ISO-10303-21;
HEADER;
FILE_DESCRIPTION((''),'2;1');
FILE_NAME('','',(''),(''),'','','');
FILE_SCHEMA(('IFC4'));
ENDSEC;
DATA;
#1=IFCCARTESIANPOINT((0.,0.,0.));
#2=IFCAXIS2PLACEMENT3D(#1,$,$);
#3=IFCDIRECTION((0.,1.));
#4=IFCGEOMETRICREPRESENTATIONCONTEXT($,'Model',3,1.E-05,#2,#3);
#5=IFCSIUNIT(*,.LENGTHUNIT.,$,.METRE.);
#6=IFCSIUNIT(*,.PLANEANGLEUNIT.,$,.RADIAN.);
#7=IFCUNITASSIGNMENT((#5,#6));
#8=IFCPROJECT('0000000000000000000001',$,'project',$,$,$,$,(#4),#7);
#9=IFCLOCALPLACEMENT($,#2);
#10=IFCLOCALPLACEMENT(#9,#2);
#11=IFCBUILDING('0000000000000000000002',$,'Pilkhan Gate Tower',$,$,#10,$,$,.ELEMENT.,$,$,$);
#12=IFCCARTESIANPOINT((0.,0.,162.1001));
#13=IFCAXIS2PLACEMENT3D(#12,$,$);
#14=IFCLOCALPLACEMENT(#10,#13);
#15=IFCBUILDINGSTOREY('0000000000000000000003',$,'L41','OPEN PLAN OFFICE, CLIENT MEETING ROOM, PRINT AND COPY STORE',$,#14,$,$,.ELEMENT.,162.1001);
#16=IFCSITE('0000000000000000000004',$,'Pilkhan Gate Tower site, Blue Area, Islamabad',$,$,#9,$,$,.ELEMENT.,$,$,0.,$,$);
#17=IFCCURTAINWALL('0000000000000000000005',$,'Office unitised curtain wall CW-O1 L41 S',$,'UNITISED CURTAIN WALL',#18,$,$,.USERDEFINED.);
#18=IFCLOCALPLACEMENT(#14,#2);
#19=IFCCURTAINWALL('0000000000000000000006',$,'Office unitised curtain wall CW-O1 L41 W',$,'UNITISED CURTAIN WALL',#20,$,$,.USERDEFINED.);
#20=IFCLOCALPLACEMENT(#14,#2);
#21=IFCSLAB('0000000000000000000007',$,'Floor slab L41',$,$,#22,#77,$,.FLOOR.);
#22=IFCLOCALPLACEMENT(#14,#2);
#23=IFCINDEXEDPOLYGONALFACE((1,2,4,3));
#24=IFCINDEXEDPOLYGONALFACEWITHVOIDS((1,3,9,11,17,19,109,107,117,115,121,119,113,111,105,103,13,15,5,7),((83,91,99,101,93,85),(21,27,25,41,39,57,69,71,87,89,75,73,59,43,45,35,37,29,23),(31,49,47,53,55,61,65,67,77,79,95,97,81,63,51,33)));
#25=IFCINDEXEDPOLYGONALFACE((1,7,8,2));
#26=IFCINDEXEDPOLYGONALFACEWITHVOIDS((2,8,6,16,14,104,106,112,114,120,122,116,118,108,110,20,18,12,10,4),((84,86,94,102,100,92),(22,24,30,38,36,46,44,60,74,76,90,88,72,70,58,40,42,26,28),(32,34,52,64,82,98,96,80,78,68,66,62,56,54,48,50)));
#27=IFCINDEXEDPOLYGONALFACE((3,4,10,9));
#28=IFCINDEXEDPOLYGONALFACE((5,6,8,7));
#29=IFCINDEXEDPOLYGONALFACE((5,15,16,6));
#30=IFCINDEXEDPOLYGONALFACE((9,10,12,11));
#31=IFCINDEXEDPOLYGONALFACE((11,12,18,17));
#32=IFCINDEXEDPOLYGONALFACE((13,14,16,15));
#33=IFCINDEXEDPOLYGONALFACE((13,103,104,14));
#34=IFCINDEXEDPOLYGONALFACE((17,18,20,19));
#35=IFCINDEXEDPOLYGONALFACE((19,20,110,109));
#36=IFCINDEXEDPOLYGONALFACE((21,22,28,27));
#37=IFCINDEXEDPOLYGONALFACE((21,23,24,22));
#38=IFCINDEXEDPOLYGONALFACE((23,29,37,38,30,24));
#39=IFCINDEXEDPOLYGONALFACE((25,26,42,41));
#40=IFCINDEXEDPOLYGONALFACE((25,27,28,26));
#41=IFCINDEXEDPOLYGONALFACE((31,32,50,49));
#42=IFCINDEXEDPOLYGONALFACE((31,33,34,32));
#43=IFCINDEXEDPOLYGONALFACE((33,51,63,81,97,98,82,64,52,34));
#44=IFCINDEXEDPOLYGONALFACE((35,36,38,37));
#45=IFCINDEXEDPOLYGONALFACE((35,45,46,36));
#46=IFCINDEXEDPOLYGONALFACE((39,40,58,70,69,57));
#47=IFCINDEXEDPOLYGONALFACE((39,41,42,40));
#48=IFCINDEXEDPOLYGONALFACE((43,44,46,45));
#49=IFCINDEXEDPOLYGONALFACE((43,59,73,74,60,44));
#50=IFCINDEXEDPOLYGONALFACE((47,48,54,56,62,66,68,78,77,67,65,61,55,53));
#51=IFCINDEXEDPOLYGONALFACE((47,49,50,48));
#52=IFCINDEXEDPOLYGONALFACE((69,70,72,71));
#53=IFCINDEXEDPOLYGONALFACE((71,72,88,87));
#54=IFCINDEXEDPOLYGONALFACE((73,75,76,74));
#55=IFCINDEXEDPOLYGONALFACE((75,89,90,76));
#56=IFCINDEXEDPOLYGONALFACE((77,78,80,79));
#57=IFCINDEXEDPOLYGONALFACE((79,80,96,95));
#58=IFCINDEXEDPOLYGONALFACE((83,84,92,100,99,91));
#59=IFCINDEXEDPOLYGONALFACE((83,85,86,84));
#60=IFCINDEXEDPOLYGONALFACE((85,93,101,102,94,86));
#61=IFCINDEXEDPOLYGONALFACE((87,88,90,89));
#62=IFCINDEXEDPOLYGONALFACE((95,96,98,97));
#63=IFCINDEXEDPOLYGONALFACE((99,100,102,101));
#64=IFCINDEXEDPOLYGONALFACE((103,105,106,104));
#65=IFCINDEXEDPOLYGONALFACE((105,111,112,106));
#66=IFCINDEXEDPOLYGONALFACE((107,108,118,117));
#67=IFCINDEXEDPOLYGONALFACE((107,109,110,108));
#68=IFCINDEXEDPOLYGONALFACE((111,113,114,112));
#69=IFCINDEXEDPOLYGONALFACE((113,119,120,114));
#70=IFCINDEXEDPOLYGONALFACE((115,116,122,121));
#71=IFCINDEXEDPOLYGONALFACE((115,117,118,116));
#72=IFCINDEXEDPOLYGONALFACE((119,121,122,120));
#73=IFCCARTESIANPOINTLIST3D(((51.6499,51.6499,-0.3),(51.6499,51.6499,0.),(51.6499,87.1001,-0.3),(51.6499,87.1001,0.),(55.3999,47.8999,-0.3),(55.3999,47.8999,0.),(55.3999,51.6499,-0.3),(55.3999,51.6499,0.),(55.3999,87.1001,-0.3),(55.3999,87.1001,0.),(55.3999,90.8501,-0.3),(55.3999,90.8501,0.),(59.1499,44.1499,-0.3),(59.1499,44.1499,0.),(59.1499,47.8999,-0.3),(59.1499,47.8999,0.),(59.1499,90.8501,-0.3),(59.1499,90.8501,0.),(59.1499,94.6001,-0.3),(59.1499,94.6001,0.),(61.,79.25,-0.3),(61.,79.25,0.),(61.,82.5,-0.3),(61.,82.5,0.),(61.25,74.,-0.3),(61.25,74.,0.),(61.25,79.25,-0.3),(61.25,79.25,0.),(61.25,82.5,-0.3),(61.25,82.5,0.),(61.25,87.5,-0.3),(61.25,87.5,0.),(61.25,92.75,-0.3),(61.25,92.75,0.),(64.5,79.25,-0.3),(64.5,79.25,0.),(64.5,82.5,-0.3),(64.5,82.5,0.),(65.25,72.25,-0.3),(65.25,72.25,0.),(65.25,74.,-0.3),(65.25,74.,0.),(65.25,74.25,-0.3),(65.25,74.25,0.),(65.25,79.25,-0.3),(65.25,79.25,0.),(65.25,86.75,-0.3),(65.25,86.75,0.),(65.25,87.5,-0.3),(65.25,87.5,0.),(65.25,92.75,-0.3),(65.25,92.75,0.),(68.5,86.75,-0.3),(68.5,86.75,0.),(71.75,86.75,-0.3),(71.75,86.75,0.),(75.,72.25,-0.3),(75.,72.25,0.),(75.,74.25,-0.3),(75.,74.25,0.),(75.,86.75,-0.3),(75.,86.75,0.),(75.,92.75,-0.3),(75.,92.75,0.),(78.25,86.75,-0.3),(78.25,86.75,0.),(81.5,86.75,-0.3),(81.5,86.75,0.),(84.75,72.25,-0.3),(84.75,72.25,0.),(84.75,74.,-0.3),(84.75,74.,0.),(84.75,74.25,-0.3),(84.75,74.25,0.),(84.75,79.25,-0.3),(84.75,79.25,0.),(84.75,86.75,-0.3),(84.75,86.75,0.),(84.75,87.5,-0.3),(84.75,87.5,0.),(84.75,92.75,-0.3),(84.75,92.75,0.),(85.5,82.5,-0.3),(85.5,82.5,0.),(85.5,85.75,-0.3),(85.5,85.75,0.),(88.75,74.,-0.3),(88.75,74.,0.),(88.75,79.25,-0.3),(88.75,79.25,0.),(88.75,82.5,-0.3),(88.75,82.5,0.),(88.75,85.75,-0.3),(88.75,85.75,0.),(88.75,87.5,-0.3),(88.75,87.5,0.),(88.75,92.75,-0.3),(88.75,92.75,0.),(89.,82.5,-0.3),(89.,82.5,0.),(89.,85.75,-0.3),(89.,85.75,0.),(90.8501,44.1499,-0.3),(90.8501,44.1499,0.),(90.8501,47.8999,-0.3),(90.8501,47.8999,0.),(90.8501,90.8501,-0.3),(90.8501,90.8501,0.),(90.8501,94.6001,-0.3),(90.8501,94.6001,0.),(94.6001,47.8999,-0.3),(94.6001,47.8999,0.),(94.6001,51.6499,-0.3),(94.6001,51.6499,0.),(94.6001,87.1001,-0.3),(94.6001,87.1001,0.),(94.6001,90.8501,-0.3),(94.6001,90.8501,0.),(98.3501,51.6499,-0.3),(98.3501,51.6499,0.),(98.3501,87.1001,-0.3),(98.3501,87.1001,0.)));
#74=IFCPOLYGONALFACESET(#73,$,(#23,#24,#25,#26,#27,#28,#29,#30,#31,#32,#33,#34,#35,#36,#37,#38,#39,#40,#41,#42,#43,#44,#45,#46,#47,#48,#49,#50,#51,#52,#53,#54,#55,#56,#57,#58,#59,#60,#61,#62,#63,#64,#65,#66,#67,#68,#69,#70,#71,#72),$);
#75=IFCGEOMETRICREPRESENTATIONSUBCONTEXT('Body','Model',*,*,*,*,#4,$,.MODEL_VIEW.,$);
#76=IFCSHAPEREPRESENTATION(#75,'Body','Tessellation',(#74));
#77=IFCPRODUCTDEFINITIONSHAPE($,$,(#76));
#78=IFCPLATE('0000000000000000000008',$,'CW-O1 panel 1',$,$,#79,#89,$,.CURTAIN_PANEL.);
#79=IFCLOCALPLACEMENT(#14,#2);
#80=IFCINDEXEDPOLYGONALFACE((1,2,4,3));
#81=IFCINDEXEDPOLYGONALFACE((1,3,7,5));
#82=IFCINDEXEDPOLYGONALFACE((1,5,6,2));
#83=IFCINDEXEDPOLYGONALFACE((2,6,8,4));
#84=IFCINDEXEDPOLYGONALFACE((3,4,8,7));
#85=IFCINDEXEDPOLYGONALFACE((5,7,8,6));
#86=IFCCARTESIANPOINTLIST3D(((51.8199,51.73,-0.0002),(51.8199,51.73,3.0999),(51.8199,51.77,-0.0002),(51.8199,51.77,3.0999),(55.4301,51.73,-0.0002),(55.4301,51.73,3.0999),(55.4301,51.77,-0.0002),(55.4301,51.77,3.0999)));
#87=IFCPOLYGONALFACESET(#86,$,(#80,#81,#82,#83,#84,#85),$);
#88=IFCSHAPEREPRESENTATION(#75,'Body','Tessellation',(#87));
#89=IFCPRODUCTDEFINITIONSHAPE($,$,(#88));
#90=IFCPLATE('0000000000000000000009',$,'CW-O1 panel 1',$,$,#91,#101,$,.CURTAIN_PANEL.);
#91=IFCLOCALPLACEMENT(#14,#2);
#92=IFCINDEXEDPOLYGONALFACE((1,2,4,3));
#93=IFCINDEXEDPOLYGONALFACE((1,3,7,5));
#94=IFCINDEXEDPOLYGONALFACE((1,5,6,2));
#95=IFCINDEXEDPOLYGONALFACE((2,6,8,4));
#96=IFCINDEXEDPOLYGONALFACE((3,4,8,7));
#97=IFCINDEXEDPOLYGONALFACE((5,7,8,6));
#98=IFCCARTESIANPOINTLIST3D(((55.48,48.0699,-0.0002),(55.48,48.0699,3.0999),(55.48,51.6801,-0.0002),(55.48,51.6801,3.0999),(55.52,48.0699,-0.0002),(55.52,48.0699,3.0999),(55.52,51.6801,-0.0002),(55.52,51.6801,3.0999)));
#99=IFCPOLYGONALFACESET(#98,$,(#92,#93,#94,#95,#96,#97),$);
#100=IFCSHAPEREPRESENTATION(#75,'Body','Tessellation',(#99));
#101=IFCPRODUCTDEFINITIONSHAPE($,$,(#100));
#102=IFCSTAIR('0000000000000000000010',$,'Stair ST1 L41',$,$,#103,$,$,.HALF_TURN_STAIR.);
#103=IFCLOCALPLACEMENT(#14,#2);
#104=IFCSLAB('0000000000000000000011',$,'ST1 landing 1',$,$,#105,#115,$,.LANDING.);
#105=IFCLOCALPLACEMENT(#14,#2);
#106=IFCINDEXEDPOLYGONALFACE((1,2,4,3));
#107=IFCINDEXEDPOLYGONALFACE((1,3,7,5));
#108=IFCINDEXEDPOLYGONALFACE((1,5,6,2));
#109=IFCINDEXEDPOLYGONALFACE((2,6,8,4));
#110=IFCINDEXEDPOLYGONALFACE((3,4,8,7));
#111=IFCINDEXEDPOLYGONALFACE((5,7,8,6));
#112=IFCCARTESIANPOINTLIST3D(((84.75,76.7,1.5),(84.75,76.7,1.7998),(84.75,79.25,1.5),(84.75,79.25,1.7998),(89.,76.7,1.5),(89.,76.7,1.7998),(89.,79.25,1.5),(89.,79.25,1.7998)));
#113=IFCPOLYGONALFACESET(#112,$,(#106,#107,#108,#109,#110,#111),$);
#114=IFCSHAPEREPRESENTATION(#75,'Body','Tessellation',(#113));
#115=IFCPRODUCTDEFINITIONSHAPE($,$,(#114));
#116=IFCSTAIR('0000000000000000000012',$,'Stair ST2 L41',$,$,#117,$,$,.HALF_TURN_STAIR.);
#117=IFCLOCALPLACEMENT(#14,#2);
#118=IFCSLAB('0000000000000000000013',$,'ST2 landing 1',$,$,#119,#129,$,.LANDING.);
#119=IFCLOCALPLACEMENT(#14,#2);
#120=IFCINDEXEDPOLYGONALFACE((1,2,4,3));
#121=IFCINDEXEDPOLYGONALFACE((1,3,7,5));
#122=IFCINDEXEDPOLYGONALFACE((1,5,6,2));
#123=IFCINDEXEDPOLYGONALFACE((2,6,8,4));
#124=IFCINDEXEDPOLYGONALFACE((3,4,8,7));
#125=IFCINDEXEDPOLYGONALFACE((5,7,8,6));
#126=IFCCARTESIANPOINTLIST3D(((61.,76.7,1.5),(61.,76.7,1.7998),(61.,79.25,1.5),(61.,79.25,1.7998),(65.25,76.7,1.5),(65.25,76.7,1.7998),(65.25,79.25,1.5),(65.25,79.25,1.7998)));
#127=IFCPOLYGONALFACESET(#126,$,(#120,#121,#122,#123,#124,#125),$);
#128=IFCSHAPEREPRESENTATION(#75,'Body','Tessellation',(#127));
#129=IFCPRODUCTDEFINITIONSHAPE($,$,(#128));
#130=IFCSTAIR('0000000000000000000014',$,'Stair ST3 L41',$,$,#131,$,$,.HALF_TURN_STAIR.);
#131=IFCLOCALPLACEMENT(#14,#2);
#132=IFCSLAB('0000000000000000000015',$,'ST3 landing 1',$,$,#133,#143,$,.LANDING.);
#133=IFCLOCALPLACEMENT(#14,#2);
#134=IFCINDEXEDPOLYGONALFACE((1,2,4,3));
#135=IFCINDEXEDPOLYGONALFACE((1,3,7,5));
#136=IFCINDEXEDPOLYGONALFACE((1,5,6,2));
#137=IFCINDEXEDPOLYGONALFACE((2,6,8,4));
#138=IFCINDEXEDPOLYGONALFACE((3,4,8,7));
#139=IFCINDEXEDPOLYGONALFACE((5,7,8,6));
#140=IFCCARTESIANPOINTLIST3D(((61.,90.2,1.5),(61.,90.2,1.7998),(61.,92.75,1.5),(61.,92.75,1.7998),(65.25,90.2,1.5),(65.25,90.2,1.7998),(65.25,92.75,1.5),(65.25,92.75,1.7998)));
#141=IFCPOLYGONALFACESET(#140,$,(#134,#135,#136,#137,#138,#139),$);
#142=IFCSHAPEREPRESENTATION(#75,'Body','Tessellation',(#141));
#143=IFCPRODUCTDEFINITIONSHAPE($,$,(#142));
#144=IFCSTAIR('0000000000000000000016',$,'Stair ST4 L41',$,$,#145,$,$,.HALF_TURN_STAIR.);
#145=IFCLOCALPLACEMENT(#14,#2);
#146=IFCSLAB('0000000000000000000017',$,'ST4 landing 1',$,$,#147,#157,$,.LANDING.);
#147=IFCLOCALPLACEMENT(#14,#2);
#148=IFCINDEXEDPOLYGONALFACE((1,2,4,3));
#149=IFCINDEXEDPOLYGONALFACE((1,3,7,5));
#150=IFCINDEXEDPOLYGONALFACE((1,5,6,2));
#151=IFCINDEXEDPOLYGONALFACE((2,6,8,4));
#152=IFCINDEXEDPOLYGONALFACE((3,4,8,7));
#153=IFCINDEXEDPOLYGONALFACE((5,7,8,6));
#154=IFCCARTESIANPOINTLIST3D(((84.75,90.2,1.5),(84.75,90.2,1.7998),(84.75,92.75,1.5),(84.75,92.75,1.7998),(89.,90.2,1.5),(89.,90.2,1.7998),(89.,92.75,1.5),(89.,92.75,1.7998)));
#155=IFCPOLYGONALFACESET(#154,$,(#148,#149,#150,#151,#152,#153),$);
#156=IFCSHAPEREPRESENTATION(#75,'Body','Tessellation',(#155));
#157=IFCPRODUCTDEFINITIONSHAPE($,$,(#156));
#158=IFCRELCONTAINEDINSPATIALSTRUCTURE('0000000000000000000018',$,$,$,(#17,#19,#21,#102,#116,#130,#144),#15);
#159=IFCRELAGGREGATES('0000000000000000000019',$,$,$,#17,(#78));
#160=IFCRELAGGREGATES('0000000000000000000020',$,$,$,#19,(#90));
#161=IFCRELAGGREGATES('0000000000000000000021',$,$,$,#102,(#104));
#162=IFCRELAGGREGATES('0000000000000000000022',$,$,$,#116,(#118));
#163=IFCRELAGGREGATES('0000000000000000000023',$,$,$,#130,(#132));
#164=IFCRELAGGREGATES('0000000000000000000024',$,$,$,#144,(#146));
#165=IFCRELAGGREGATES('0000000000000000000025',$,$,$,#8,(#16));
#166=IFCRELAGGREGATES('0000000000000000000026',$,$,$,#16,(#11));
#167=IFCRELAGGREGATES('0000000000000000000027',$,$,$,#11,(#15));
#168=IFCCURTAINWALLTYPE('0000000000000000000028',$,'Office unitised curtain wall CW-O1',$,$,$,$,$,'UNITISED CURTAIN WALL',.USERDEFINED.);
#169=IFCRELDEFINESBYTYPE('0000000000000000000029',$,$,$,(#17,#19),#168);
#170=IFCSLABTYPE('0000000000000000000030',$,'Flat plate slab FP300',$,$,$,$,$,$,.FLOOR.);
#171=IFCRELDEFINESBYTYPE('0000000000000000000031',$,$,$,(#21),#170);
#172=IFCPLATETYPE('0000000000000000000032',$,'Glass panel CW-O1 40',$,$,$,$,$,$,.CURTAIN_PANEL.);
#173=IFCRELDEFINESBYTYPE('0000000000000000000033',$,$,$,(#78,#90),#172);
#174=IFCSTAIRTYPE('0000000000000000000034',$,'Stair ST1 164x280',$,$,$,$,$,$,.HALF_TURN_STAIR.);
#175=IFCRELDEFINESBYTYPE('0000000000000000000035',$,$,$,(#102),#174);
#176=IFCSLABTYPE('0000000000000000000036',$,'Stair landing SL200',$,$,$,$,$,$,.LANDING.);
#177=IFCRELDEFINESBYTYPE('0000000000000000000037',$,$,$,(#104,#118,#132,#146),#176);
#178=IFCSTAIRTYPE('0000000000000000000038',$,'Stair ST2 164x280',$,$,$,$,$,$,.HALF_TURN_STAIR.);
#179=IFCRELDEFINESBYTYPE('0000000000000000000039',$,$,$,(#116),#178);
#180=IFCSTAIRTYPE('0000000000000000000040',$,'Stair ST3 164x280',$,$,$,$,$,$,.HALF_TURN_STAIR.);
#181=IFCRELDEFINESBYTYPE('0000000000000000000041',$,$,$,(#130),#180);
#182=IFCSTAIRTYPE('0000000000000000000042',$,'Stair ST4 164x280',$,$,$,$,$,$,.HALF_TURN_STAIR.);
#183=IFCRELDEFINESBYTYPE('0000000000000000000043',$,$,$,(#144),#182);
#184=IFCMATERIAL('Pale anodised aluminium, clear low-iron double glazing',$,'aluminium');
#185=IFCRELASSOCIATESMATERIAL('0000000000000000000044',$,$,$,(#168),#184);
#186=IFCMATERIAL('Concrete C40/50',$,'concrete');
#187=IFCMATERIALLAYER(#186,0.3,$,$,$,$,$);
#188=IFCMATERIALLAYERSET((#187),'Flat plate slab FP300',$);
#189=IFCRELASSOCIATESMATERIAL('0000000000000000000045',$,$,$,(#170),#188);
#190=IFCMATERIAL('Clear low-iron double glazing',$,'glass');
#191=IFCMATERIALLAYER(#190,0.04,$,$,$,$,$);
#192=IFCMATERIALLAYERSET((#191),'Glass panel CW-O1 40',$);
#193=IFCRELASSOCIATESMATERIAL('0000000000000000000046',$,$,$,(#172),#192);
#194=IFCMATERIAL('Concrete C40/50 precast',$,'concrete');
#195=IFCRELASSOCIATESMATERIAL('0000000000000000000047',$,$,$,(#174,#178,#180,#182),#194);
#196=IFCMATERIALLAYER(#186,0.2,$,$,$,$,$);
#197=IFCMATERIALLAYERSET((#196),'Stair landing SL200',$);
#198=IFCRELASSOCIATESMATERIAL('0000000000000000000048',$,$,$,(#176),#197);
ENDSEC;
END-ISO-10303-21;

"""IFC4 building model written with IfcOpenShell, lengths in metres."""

from ifc_helpers import new_model, si_unit, direction, frame, origin, origin_2d, place, context, subcontext, project, spatial, polyline, rectangle, outline, extrude, material, layer, layer_set, type_object, element, aggregate, save


model = new_model("IFC4")

# Units and contexts
model_context = context("Model", 3, precision=1e-05, world=origin(), true_north=direction((0.0, 1.0)))
body_context = subcontext(model_context, "Body", "Model", "MODEL_VIEW")
ifc_project = project(units=[si_unit("LENGTHUNIT", "METRE"), si_unit("PLANEANGLEUNIT", "RADIAN")], contexts=[model_context])

# Site, building, storey
site_placement = place(None, origin())
site = spatial("IfcSite", under=ifc_project, at=site_placement, Name="Pilkhan Gate Tower site, Blue Area, Islamabad", CompositionType="ELEMENT", RefElevation=0.0)
building_placement = place(site_placement, origin())
building = spatial("IfcBuilding", under=site, at=building_placement, Name="Pilkhan Gate Tower", CompositionType="ELEMENT")
storey_placement = place(building_placement, frame((0.0, 0.0, 162.1001)))
storey = spatial("IfcBuildingStorey", under=building, at=storey_placement, Name="L41", Description="OPEN PLAN OFFICE, CLIENT MEETING ROOM, PRINT AND COPY STORE", CompositionType="ELEMENT", Elevation=162.1001)

# Shared definitions
ifc_material_1 = material(Name="Pale anodised aluminium, clear low-iron double glazing", Category="aluminium")
curtain_wall_type = type_object("IfcCurtainWallType", Name="Office unitised curtain wall CW-O1", ElementType="UNITISED CURTAIN WALL", PredefinedType="USERDEFINED", material=ifc_material_1)

# Curtain walls
curtain_wall_1_placement = place(storey_placement, origin())
curtain_wall_1 = element("IfcCurtainWall", 1, at=curtain_wall_1_placement, inside=storey, type_object=curtain_wall_type, Name="Office unitised curtain wall CW-O1 L41 S", ObjectType="UNITISED CURTAIN WALL", PredefinedType="USERDEFINED")
curtain_wall_2_placement = place(storey_placement, origin())
curtain_wall_2 = element("IfcCurtainWall", 2, at=curtain_wall_2_placement, inside=storey, type_object=curtain_wall_type, Name="Office unitised curtain wall CW-O1 L41 W", ObjectType="UNITISED CURTAIN WALL", PredefinedType="USERDEFINED")

# Slab
ifc_material_2 = material(Name="Concrete C40/50", Category="concrete")
ifc_layer_1 = layer(ifc_material_2, 0.3)
ifc_layer_set_1 = layer_set([ifc_layer_1], Name="Flat plate slab FP300")
slab_type_1 = type_object("IfcSlabType", Name="Flat plate slab FP300", PredefinedType="FLOOR", material=ifc_layer_set_1)
slab_1_placement = place(storey_placement, frame((0.0, 0.0, -0.3)))
element("IfcSlab", 3, at=slab_1_placement, inside=storey, type_object=slab_type_1, Name="Floor slab L41", PredefinedType="FLOOR", context=body_context, shape_type="SweptSolid", body=[
    extrude(outline(polyline([(94.6001, 47.8999), (90.8501, 47.8999), (90.8501, 44.1499), (59.1499, 44.1499), (59.1499, 47.8999), (55.3999, 47.8999), (55.3999, 51.6499), (51.6499, 51.6499), (51.6499, 87.1001), (55.3999, 87.1001), (55.3999, 90.8501), (59.1499, 90.8501), (59.1499, 94.6001), (90.8501, 94.6001), (90.8501, 90.8501), (94.6001, 90.8501), (94.6001, 87.1001), (98.3501, 87.1001), (98.3501, 51.6499), (94.6001, 51.6499), (94.6001, 47.8999)]), holes=[polyline([(75.0, 72.25), (84.75, 72.25), (84.75, 74.0), (88.75, 74.0), (88.75, 79.25), (84.75, 79.25), (84.75, 74.25), (75.0, 74.25), (65.25, 74.25), (65.25, 79.25), (64.5, 79.25), (64.5, 82.5), (61.25, 82.5), (61.0, 82.5), (61.0, 79.25), (61.25, 79.25), (61.25, 74.0), (65.25, 74.0), (65.25, 72.25), (75.0, 72.25)]), polyline([(68.5, 86.75), (71.75, 86.75), (75.0, 86.75), (78.25, 86.75), (81.5, 86.75), (84.75, 86.75), (84.75, 87.5), (88.75, 87.5), (88.75, 92.75), (84.75, 92.75), (75.0, 92.75), (65.25, 92.75), (61.25, 92.75), (61.25, 87.5), (65.25, 87.5), (65.25, 86.75), (68.5, 86.75)]), polyline([(85.5, 85.75), (85.5, 82.5), (88.75, 82.5), (89.0, 82.5), (89.0, 85.75), (88.75, 85.75), (85.5, 85.75)])]), origin(), (0.0, 0.0, 1.0), 0.3),
])

# Plates
ifc_material_3 = material(Name="Clear low-iron double glazing", Category="glass")
ifc_layer_2 = layer(ifc_material_3, 0.04)
ifc_layer_set_2 = layer_set([ifc_layer_2], Name="Glass panel CW-O1 40")
plate_type = type_object("IfcPlateType", Name="Glass panel CW-O1 40", PredefinedType="CURTAIN_PANEL", material=ifc_layer_set_2)
plate_1_placement = place(storey_placement, frame((53.625, 51.75, -0.0002), z_axis=(0.0, 0.0, 1.0), x_axis=(1.0, 0.0, 0.0)))
plate_1 = element("IfcPlate", 4, at=plate_1_placement, type_object=plate_type, Name="CW-O1 panel 1", PredefinedType="CURTAIN_PANEL", context=body_context, shape_type="SweptSolid", body=[
    extrude(rectangle(XDim=3.6101, YDim=0.04, at=origin_2d()), origin(), (0.0, 0.0, 1.0), 3.1001),
])
aggregate(curtain_wall_1, [plate_1])
plate_2_placement = place(storey_placement, frame((55.5, 49.875, -0.0002), z_axis=(0.0, 0.0, 1.0), x_axis=(0.0, 1.0, 0.0)))
plate_2 = element("IfcPlate", 5, at=plate_2_placement, type_object=plate_type, Name="CW-O1 panel 1", PredefinedType="CURTAIN_PANEL", context=body_context, shape_type="SweptSolid", body=[
    extrude(rectangle(XDim=3.6101, YDim=0.04, at=origin_2d()), origin(), (0.0, 0.0, 1.0), 3.1001),
])
aggregate(curtain_wall_2, [plate_2])

# Stairs, slabs
ifc_material_4 = material(Name="Concrete C40/50 precast", Category="concrete")
stair_type_1 = type_object("IfcStairType", Name="Stair ST1 164x280", PredefinedType="HALF_TURN_STAIR", material=ifc_material_4)
stair_1_placement = place(storey_placement, origin())
stair_1 = element("IfcStair", 6, at=stair_1_placement, inside=storey, type_object=stair_type_1, Name="Stair ST1 L41", PredefinedType="HALF_TURN_STAIR")
ifc_layer_3 = layer(ifc_material_2, 0.2)
ifc_layer_set_3 = layer_set([ifc_layer_3], Name="Stair landing SL200")
slab_type_2 = type_object("IfcSlabType", Name="Stair landing SL200", PredefinedType="LANDING", material=ifc_layer_set_3)
slab_2_placement = place(storey_placement, frame((0.0, 0.0, 1.5)))
slab_2 = element("IfcSlab", 7, at=slab_2_placement, type_object=slab_type_2, Name="ST1 landing 1", PredefinedType="LANDING", context=body_context, shape_type="SweptSolid", body=[
    extrude(outline(polyline([(89.0, 76.7), (89.0, 79.25), (84.75, 79.25), (84.75, 76.7), (89.0, 76.7)])), origin(), (0.0, 0.0, 1.0), 0.2998),
])
aggregate(stair_1, [slab_2])
stair_type_2 = type_object("IfcStairType", Name="Stair ST2 164x280", PredefinedType="HALF_TURN_STAIR", material=ifc_material_4)
stair_2_placement = place(storey_placement, origin())
stair_2 = element("IfcStair", 8, at=stair_2_placement, inside=storey, type_object=stair_type_2, Name="Stair ST2 L41", PredefinedType="HALF_TURN_STAIR")
slab_3_placement = place(storey_placement, frame((0.0, 0.0, 1.5)))
slab_3 = element("IfcSlab", 9, at=slab_3_placement, type_object=slab_type_2, Name="ST2 landing 1", PredefinedType="LANDING", context=body_context, shape_type="SweptSolid", body=[
    extrude(outline(polyline([(65.25, 76.7), (65.25, 79.25), (61.0, 79.25), (61.0, 76.7), (65.25, 76.7)])), origin(), (0.0, 0.0, 1.0), 0.2998),
])
aggregate(stair_2, [slab_3])
stair_type_3 = type_object("IfcStairType", Name="Stair ST3 164x280", PredefinedType="HALF_TURN_STAIR", material=ifc_material_4)
stair_3_placement = place(storey_placement, origin())
stair_3 = element("IfcStair", 10, at=stair_3_placement, inside=storey, type_object=stair_type_3, Name="Stair ST3 L41", PredefinedType="HALF_TURN_STAIR")
slab_4_placement = place(storey_placement, frame((0.0, 0.0, 1.5)))
slab_4 = element("IfcSlab", 11, at=slab_4_placement, type_object=slab_type_2, Name="ST3 landing 1", PredefinedType="LANDING", context=body_context, shape_type="SweptSolid", body=[
    extrude(outline(polyline([(65.25, 90.2), (65.25, 92.75), (61.0, 92.75), (61.0, 90.2), (65.25, 90.2)])), origin(), (0.0, 0.0, 1.0), 0.2998),
])
aggregate(stair_3, [slab_4])
stair_type_4 = type_object("IfcStairType", Name="Stair ST4 164x280", PredefinedType="HALF_TURN_STAIR", material=ifc_material_4)
stair_4_placement = place(storey_placement, origin())
stair_4 = element("IfcStair", 12, at=stair_4_placement, inside=storey, type_object=stair_type_4, Name="Stair ST4 L41", PredefinedType="HALF_TURN_STAIR")
slab_5_placement = place(storey_placement, frame((0.0, 0.0, 1.5)))
slab_5 = element("IfcSlab", 13, at=slab_5_placement, type_object=slab_type_2, Name="ST4 landing 1", PredefinedType="LANDING", context=body_context, shape_type="SweptSolid", body=[
    extrude(outline(polyline([(89.0, 90.2), (89.0, 92.75), (84.75, 92.75), (84.75, 90.2), (89.0, 90.2)])), origin(), (0.0, 0.0, 1.0), 0.2998),
])
aggregate(stair_4, [slab_5])

save(model, "model.ifc")
